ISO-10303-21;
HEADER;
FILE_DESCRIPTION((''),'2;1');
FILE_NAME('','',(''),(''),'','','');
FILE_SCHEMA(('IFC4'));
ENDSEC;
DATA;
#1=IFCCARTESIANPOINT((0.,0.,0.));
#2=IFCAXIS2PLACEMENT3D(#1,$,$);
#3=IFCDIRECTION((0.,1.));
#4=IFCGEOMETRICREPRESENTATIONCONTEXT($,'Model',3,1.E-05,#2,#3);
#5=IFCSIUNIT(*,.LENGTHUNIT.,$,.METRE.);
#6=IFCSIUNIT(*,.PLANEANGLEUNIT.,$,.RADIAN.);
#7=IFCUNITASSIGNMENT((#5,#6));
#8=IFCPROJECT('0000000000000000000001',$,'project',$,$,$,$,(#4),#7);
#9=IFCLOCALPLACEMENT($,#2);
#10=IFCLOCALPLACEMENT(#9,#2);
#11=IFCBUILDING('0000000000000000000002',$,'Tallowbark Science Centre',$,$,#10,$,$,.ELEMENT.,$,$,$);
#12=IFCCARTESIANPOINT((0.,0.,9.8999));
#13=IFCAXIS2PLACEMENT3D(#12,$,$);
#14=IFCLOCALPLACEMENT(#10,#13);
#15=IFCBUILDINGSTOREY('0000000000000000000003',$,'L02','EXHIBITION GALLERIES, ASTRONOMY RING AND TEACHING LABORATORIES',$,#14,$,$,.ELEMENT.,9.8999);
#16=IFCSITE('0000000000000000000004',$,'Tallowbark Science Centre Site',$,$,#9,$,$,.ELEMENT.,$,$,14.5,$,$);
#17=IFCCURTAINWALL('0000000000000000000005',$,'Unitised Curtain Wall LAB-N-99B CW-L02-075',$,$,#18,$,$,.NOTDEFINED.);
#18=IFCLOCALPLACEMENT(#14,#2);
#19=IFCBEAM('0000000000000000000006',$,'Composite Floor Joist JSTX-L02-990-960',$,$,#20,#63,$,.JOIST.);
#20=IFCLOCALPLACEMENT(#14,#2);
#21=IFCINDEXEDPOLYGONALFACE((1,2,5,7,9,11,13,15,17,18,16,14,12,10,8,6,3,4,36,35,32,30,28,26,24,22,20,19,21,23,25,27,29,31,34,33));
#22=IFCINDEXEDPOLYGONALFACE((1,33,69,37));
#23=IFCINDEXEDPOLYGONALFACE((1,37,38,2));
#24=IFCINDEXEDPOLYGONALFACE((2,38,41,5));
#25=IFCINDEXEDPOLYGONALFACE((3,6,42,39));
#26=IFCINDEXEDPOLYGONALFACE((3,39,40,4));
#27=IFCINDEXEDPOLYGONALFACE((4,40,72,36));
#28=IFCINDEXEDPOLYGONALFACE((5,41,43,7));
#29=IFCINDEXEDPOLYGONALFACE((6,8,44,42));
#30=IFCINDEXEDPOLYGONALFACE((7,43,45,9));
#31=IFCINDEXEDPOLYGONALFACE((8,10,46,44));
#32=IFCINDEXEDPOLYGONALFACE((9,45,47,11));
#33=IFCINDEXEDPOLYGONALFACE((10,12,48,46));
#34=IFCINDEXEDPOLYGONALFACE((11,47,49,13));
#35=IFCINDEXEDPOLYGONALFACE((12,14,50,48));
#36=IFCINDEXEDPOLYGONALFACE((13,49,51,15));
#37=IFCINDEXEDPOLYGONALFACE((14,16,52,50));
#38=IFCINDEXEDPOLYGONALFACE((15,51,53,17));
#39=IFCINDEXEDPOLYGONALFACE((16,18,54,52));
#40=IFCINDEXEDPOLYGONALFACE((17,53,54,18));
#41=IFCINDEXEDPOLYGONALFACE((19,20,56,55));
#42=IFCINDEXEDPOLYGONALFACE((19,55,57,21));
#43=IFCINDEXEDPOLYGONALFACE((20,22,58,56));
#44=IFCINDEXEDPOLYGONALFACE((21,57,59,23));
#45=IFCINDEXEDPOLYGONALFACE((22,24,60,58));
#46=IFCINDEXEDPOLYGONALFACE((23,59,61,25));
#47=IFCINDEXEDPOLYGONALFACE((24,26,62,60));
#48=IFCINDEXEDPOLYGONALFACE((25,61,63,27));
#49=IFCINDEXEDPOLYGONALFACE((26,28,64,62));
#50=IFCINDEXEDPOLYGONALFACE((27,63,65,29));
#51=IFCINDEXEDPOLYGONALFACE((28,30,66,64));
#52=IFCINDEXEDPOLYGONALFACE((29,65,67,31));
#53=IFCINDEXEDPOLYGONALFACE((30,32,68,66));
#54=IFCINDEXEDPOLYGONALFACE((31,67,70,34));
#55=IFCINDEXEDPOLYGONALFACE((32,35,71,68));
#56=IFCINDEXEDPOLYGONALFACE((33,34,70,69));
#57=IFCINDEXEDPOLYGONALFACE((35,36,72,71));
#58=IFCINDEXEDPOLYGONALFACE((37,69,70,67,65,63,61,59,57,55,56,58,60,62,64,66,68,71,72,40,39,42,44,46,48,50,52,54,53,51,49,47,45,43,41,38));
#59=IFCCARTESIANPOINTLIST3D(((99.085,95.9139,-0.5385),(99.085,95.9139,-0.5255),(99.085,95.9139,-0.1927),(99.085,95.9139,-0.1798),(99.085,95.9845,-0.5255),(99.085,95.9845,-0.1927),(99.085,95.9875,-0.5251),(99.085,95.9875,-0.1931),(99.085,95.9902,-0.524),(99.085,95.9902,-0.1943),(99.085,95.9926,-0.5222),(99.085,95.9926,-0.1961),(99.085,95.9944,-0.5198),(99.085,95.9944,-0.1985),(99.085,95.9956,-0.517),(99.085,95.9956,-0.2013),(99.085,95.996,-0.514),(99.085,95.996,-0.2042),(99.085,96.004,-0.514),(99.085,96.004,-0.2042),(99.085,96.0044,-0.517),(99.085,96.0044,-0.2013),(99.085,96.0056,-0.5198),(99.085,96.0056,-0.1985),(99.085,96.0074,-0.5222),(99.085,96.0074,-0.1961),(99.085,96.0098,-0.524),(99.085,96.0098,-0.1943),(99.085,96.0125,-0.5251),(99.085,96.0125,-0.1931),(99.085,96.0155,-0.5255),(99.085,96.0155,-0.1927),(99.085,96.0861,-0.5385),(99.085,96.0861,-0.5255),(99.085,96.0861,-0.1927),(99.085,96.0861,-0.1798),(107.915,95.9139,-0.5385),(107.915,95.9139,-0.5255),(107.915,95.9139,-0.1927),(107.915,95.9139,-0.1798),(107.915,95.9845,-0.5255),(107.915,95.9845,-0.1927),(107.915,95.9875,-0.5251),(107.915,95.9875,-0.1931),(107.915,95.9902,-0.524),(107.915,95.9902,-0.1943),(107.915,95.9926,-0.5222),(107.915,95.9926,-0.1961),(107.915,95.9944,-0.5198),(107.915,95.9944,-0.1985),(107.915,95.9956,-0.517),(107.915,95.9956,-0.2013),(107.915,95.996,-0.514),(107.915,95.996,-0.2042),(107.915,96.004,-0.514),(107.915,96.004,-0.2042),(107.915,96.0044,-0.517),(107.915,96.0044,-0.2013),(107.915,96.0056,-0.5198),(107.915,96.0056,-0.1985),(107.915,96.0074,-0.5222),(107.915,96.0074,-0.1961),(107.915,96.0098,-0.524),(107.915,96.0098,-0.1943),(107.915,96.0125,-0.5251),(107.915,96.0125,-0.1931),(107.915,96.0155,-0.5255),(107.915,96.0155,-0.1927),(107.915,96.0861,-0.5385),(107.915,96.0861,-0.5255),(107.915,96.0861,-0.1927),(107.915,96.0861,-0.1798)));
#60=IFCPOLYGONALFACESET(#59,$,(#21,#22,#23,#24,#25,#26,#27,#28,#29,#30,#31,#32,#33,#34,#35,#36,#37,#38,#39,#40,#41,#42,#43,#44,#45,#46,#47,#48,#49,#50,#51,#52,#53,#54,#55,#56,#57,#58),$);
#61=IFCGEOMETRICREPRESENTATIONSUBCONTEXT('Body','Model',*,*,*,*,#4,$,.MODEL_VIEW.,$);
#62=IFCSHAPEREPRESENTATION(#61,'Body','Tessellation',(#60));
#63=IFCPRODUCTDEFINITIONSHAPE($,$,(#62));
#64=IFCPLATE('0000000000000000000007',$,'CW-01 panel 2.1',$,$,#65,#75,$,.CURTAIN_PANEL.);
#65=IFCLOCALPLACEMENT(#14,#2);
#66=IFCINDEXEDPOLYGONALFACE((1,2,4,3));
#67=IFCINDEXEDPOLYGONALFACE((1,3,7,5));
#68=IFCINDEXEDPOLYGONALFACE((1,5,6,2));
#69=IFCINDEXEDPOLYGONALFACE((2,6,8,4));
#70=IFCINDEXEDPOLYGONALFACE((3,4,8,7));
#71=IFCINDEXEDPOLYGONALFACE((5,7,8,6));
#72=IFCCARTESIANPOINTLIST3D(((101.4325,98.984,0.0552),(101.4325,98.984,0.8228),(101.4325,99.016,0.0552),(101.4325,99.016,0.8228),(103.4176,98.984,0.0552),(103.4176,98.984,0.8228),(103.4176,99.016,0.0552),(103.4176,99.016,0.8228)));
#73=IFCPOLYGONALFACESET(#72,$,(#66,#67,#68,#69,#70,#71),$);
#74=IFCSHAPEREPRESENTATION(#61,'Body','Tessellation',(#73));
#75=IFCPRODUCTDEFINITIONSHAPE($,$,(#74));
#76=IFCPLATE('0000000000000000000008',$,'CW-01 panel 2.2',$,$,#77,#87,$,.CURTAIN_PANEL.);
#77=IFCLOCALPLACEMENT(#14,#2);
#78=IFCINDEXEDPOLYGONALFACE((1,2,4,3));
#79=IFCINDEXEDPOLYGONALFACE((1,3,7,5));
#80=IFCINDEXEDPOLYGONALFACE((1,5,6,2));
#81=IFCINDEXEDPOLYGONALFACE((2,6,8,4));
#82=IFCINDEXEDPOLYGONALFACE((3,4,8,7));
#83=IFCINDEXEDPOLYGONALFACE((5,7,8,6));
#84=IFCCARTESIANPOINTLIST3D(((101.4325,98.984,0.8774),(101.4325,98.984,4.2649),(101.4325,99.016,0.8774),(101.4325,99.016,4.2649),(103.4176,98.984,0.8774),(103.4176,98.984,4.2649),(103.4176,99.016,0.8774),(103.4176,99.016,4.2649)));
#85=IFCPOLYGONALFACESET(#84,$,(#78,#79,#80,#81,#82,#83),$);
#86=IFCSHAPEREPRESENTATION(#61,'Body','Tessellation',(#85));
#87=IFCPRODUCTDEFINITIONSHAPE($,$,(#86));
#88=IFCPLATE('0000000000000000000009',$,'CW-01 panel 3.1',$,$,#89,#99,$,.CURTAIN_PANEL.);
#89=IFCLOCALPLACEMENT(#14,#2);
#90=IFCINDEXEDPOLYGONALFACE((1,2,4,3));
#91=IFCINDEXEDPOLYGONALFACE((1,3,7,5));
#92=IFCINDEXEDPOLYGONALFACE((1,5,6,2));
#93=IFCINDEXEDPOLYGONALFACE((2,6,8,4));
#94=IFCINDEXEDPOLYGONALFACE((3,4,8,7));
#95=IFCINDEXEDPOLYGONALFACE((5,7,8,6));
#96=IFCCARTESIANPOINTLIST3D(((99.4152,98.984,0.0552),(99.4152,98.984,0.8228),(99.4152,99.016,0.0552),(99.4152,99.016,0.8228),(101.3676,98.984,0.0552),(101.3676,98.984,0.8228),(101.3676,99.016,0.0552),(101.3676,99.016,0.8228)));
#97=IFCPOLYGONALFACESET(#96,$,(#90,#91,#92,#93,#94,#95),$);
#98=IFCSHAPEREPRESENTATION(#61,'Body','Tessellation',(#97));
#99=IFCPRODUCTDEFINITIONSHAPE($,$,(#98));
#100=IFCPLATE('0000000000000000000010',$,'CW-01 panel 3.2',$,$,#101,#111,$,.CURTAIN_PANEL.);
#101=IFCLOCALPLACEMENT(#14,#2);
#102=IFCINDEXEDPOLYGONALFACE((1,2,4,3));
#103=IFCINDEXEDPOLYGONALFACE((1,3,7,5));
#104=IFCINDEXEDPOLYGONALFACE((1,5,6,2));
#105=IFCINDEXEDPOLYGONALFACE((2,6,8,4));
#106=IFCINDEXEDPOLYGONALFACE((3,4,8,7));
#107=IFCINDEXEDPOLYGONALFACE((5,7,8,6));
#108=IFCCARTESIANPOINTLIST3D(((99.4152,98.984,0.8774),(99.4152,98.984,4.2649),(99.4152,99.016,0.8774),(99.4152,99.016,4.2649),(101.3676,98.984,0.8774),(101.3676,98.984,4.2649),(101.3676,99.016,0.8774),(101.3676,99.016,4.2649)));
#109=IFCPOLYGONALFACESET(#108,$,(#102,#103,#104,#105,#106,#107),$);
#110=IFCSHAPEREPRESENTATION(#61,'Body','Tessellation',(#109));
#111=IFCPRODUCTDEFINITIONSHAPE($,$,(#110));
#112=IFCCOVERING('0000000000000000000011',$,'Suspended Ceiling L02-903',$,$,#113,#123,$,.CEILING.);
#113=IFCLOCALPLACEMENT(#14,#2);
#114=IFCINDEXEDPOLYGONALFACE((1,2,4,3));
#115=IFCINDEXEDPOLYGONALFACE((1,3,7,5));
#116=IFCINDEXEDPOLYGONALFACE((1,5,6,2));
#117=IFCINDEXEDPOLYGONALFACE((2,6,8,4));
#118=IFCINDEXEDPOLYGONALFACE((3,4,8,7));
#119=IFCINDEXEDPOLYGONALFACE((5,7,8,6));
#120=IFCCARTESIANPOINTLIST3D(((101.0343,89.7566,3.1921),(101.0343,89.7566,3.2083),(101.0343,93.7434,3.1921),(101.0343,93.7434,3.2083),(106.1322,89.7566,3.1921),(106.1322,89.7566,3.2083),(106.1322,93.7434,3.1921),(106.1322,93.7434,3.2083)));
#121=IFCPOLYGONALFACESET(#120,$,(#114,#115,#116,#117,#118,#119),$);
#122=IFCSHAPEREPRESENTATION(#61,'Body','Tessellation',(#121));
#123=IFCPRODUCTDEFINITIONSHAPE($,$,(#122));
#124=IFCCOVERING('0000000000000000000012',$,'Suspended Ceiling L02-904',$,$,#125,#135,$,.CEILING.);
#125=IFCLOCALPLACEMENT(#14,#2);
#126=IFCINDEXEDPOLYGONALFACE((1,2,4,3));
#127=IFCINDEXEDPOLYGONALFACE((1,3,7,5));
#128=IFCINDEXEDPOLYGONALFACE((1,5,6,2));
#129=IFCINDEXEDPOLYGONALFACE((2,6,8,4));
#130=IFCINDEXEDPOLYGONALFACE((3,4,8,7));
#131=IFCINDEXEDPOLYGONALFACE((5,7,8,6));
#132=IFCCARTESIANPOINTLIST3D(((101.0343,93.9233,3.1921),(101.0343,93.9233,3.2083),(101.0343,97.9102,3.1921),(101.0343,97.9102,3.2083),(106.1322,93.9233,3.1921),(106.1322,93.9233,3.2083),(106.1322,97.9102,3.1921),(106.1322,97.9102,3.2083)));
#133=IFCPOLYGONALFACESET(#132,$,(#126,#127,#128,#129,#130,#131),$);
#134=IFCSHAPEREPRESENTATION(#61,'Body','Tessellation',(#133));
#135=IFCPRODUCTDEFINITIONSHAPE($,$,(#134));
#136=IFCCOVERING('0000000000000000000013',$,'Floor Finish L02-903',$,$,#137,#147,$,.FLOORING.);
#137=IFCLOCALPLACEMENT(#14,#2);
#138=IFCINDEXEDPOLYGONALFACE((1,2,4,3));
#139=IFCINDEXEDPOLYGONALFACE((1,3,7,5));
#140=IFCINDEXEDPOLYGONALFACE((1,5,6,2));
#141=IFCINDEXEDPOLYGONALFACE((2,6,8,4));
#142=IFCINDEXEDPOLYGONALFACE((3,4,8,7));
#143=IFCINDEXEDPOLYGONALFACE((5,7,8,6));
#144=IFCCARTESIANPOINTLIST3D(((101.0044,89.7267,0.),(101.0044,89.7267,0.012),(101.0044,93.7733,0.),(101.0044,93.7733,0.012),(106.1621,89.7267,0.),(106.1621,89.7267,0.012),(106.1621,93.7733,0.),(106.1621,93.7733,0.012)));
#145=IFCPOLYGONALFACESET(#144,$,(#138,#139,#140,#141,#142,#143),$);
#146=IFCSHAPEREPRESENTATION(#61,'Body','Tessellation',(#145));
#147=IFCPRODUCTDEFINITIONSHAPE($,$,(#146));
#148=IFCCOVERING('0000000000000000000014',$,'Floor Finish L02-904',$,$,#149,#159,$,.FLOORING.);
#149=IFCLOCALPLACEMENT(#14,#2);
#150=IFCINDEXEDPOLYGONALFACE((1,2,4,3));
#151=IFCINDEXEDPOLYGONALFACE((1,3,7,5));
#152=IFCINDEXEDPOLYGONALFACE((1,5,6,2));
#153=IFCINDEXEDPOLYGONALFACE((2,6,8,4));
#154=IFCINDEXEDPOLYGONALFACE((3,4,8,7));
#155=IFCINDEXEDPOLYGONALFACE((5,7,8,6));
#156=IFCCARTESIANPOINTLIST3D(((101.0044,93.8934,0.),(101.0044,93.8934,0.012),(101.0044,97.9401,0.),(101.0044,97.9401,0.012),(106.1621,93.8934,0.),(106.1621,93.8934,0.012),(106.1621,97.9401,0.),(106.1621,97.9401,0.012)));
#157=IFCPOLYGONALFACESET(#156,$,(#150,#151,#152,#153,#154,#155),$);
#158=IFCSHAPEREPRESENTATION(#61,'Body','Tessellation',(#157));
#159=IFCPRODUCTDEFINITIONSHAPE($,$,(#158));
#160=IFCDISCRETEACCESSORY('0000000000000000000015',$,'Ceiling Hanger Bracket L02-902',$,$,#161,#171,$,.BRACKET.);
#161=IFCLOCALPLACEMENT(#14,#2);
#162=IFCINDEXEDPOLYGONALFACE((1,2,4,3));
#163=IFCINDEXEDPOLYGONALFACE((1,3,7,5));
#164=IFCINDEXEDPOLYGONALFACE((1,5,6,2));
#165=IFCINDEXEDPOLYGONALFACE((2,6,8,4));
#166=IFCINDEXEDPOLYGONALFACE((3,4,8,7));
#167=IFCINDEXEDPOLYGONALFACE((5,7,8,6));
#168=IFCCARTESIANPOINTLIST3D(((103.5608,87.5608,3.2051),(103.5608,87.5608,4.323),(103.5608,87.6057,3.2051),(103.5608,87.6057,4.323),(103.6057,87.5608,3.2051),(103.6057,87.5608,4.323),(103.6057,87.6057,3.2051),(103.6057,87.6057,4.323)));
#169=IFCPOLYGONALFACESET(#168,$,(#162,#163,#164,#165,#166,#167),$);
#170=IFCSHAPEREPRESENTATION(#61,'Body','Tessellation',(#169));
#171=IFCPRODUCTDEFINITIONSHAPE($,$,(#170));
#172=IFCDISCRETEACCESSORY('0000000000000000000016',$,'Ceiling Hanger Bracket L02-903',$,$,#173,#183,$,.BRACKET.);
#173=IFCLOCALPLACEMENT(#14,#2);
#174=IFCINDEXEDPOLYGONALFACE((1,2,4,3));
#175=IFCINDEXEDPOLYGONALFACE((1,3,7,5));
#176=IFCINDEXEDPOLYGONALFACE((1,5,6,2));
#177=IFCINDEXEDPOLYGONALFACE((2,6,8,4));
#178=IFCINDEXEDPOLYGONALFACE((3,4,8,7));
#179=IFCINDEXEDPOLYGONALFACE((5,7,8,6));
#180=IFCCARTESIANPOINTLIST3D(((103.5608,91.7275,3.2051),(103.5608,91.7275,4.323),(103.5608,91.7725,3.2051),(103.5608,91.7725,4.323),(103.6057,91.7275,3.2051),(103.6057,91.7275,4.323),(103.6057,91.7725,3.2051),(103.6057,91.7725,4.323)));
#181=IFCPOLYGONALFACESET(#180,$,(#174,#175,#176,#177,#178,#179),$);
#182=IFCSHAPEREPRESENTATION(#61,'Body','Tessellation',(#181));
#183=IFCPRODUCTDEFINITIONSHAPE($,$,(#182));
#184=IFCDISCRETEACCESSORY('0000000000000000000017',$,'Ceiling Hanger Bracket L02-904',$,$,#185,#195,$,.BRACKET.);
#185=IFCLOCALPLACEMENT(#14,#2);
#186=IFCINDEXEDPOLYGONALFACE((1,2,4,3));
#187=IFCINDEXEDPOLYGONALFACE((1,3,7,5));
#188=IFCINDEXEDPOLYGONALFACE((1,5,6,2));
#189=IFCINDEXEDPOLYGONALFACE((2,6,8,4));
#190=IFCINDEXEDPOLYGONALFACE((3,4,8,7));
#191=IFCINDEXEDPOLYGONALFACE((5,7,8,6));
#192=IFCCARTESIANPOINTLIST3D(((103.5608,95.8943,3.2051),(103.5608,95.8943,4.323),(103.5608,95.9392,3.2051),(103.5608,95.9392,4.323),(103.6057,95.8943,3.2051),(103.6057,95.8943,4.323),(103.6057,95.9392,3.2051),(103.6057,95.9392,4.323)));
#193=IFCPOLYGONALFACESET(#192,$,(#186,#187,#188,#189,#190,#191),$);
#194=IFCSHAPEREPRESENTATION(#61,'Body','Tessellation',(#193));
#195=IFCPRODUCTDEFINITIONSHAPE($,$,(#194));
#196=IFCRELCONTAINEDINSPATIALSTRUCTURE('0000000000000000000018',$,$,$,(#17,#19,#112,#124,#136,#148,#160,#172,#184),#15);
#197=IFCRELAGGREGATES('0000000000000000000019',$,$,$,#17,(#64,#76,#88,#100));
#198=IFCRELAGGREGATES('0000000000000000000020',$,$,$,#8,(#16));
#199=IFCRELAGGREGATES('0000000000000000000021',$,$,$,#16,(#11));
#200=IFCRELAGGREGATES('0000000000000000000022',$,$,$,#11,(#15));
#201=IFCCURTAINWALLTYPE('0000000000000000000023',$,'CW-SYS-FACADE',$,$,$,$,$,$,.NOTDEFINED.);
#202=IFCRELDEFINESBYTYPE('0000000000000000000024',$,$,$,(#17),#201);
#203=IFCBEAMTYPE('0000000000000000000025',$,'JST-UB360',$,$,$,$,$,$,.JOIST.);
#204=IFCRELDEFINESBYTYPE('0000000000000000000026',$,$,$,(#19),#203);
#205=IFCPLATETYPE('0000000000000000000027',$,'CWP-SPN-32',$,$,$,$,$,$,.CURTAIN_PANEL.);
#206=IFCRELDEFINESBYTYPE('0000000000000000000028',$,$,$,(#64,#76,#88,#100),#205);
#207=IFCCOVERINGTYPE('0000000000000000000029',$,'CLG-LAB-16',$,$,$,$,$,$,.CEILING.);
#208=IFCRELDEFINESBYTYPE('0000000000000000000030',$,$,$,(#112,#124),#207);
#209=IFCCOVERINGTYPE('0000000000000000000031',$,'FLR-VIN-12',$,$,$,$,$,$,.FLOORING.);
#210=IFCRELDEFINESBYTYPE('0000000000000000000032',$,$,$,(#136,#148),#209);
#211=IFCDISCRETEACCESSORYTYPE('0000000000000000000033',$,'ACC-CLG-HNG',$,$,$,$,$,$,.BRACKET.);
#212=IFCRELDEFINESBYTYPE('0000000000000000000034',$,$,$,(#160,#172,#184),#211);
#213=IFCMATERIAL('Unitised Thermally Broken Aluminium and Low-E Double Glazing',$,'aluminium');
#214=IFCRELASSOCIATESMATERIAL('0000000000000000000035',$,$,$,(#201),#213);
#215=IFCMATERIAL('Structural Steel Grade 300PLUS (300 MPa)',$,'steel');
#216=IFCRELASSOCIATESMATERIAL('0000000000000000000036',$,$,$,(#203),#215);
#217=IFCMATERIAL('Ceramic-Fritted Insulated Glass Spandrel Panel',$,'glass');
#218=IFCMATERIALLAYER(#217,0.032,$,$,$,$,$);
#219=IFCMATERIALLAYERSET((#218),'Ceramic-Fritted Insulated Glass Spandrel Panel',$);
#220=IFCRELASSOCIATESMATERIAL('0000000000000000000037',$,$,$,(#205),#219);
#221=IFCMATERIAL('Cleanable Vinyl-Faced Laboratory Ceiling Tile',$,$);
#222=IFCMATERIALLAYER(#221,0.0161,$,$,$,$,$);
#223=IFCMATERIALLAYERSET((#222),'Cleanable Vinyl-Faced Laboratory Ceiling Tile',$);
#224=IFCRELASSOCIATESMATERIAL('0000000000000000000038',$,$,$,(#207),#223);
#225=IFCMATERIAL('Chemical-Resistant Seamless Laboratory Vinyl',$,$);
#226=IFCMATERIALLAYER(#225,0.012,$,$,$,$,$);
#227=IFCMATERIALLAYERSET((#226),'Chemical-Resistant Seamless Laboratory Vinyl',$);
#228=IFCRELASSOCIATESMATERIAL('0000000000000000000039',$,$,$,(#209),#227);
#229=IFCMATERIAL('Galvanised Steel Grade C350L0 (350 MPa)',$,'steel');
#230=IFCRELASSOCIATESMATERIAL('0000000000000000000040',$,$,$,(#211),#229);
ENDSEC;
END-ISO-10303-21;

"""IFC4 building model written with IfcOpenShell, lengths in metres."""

from ifc_helpers import new_model, si_unit, direction, frame, origin, origin_2d, place, context, subcontext, project, spatial, rectangle, i_section, extrude, material, layer, layer_set, material_profile, profile_set, type_object, element, aggregate, save


model = new_model("IFC4")

# Units and contexts
model_context = context("Model", 3, precision=1e-05, world=origin(), true_north=direction((0.0, 1.0)))
body_context = subcontext(model_context, "Body", "Model", "MODEL_VIEW")
ifc_project = project(units=[si_unit("LENGTHUNIT", "METRE"), si_unit("PLANEANGLEUNIT", "RADIAN")], contexts=[model_context])

# Site, building, storey
site_placement = place(None, origin())
site = spatial("IfcSite", under=ifc_project, at=site_placement, Name="Tallowbark Science Centre Site", CompositionType="ELEMENT", RefElevation=14.5)
building_placement = place(site_placement, origin())
building = spatial("IfcBuilding", under=site, at=building_placement, Name="Tallowbark Science Centre", CompositionType="ELEMENT")
storey_placement = place(building_placement, frame((0.0, 0.0, 9.8999)))
storey = spatial("IfcBuildingStorey", under=building, at=storey_placement, Name="L02", Description="EXHIBITION GALLERIES, ASTRONOMY RING AND TEACHING LABORATORIES", CompositionType="ELEMENT", Elevation=9.8999)

# Shared definitions
ifc_material_1 = material(Name="Structural Steel Grade 300PLUS (300 MPa)", Category="steel")

# Curtain wall
ifc_material_2 = material(Name="Unitised Thermally Broken Aluminium and Low-E Double Glazing", Category="aluminium")
curtain_wall_type = type_object("IfcCurtainWallType", Name="CW-SYS-FACADE", PredefinedType="NOTDEFINED", material=ifc_material_2)
curtain_wall_placement = place(storey_placement, origin())
curtain_wall = element("IfcCurtainWall", 1, at=curtain_wall_placement, inside=storey, type_object=curtain_wall_type, Name="Unitised Curtain Wall LAB-N-99B CW-L02-075", PredefinedType="NOTDEFINED")

# Beam
ifc_material_profile_1 = material_profile(ifc_material_1, i_section(OverallWidth=0.1721, OverallDepth=0.3586, WebThickness=0.0081, FlangeThickness=0.0129, FilletRadius=0.0115, at=origin_2d()), Name="360UB56.7")
ifc_profile_set_1 = profile_set([ifc_material_profile_1], Name="Structural Steel Grade 300PLUS (300 MPa)")
beam_type_1 = type_object("IfcBeamType", Name="JST-UB360", PredefinedType="JOIST", material=ifc_profile_set_1)
for number, where, z_axis, x_axis, name in (
    (2, (99.085, 96.0, -0.3591), (1.0, 0.0, 0.0), (0.0, 1.0, 0.0), "Composite Floor Joist JSTX-L02-990-960"),
):
    element("IfcBeam", number, at=place(storey_placement, frame(where, z_axis=z_axis, x_axis=x_axis)), inside=storey, type_object=beam_type_1, Name=name, PredefinedType="JOIST", context=body_context, shape_type="SweptSolid", body=[
        extrude(i_section(OverallWidth=0.1721, OverallDepth=0.3586, WebThickness=0.0081, FlangeThickness=0.0129, FilletRadius=0.0115, at=origin_2d()), origin(), (0.0, 0.0, 1.0), 8.8301),
    ])

# Plates
ifc_material_3 = material(Name="Ceramic-Fritted Insulated Glass Spandrel Panel", Category="glass")
ifc_layer_1 = layer(ifc_material_3, 0.032)
ifc_layer_set_1 = layer_set([ifc_layer_1], Name="Ceramic-Fritted Insulated Glass Spandrel Panel")
plate_type = type_object("IfcPlateType", Name="CWP-SPN-32", PredefinedType="CURTAIN_PANEL", material=ifc_layer_set_1)
plate_1_placement = place(storey_placement, frame((102.425, 99.0, 0.0552), z_axis=(0.0, 0.0, 1.0), x_axis=(-1.0, 0.0, 0.0)))
plate_1 = element("IfcPlate", 3, at=plate_1_placement, type_object=plate_type, Name="CW-01 panel 2.1", PredefinedType="CURTAIN_PANEL", context=body_context, shape_type="SweptSolid", body=[
    extrude(rectangle(XDim=1.9851, YDim=0.032, at=origin_2d()), origin(), (0.0, 0.0, 1.0), 0.7676),
])
plate_2_placement = place(storey_placement, frame((102.425, 99.0, 0.8774), z_axis=(0.0, 0.0, 1.0), x_axis=(-1.0, 0.0, 0.0)))
plate_2 = element("IfcPlate", 4, at=plate_2_placement, type_object=plate_type, Name="CW-01 panel 2.2", PredefinedType="CURTAIN_PANEL", context=body_context, shape_type="SweptSolid", body=[
    extrude(rectangle(XDim=1.9851, YDim=0.032, at=origin_2d()), origin(), (0.0, 0.0, 1.0), 3.3875),
])
plate_3_placement = place(storey_placement, frame((100.3914, 99.0, 0.0552), z_axis=(0.0, 0.0, 1.0), x_axis=(-1.0, 0.0, 0.0)))
plate_3 = element("IfcPlate", 5, at=plate_3_placement, type_object=plate_type, Name="CW-01 panel 3.1", PredefinedType="CURTAIN_PANEL", context=body_context, shape_type="SweptSolid", body=[
    extrude(rectangle(XDim=1.9524, YDim=0.032, at=origin_2d()), origin(), (0.0, 0.0, 1.0), 0.7676),
])
plate_4_placement = place(storey_placement, frame((100.3914, 99.0, 0.8774), z_axis=(0.0, 0.0, 1.0), x_axis=(-1.0, 0.0, 0.0)))
plate_4 = element("IfcPlate", 6, at=plate_4_placement, type_object=plate_type, Name="CW-01 panel 3.2", PredefinedType="CURTAIN_PANEL", context=body_context, shape_type="SweptSolid", body=[
    extrude(rectangle(XDim=1.9524, YDim=0.032, at=origin_2d()), origin(), (0.0, 0.0, 1.0), 3.3875),
])
aggregate(curtain_wall, [plate_1, plate_2, plate_3, plate_4])

# Coverings
ifc_material_4 = material(Name="Cleanable Vinyl-Faced Laboratory Ceiling Tile")
ifc_layer_2 = layer(ifc_material_4, 0.0161)
ifc_layer_set_2 = layer_set([ifc_layer_2], Name="Cleanable Vinyl-Faced Laboratory Ceiling Tile")
covering_type_1 = type_object("IfcCoveringType", Name="CLG-LAB-16", PredefinedType="CEILING", material=ifc_layer_set_2)
for number, where, z_axis, x_axis, name in (
    (7, (103.5833, 91.75, 3.1921), (0.0, 0.0, 1.0), (1.0, 0.0, 0.0), "Suspended Ceiling L02-903"),
    (8, (103.5833, 95.9167, 3.1921), (0.0, 0.0, 1.0), (1.0, 0.0, 0.0), "Suspended Ceiling L02-904"),
):
    element("IfcCovering", number, at=place(storey_placement, frame(where, z_axis=z_axis, x_axis=x_axis)), inside=storey, type_object=covering_type_1, Name=name, PredefinedType="CEILING", context=body_context, shape_type="SweptSolid", body=[
        extrude(rectangle(XDim=5.0979, YDim=3.9868, at=origin_2d()), origin(), (0.0, 0.0, 1.0), 0.0161),
    ])
ifc_material_5 = material(Name="Chemical-Resistant Seamless Laboratory Vinyl")
ifc_layer_3 = layer(ifc_material_5, 0.012)
ifc_layer_set_3 = layer_set([ifc_layer_3], Name="Chemical-Resistant Seamless Laboratory Vinyl")
covering_type_2 = type_object("IfcCoveringType", Name="FLR-VIN-12", PredefinedType="FLOORING", material=ifc_layer_set_3)
for number, where, z_axis, x_axis, name in (
    (9, (103.5833, 91.75, 0.0), (0.0, 0.0, 1.0), (1.0, 0.0, 0.0), "Floor Finish L02-903"),
    (10, (103.5833, 95.9167, 0.0), (0.0, 0.0, 1.0), (1.0, 0.0, 0.0), "Floor Finish L02-904"),
):
    element("IfcCovering", number, at=place(storey_placement, frame(where, z_axis=z_axis, x_axis=x_axis)), inside=storey, type_object=covering_type_2, Name=name, PredefinedType="FLOORING", context=body_context, shape_type="SweptSolid", body=[
        extrude(rectangle(XDim=5.1577, YDim=4.0466, at=origin_2d()), origin(), (0.0, 0.0, 1.0), 0.012),
    ])

# Discrete accessories
ifc_material_6 = material(Name="Galvanised Steel Grade C350L0 (350 MPa)", Category="steel")
discrete_accessory_type = type_object("IfcDiscreteAccessoryType", Name="ACC-CLG-HNG", PredefinedType="BRACKET", material=ifc_material_6)
for number, where, z_axis, x_axis, name in (
    (11, (103.5833, 87.5833, 3.2051), (0.0, 0.0, 1.0), (1.0, 0.0, 0.0), "Ceiling Hanger Bracket L02-902"),
    (12, (103.5833, 91.75, 3.2051), (0.0, 0.0, 1.0), (1.0, 0.0, 0.0), "Ceiling Hanger Bracket L02-903"),
    (13, (103.5833, 95.9167, 3.2051), (0.0, 0.0, 1.0), (1.0, 0.0, 0.0), "Ceiling Hanger Bracket L02-904"),
):
    element("IfcDiscreteAccessory", number, at=place(storey_placement, frame(where, z_axis=z_axis, x_axis=x_axis)), inside=storey, type_object=discrete_accessory_type, Name=name, PredefinedType="BRACKET", context=body_context, shape_type="SweptSolid", body=[
        extrude(rectangle(XDim=0.0449, YDim=0.0449, at=origin_2d()), origin(), (0.0, 0.0, 1.0), 1.1179),
    ])

save(model, "model.ifc")
